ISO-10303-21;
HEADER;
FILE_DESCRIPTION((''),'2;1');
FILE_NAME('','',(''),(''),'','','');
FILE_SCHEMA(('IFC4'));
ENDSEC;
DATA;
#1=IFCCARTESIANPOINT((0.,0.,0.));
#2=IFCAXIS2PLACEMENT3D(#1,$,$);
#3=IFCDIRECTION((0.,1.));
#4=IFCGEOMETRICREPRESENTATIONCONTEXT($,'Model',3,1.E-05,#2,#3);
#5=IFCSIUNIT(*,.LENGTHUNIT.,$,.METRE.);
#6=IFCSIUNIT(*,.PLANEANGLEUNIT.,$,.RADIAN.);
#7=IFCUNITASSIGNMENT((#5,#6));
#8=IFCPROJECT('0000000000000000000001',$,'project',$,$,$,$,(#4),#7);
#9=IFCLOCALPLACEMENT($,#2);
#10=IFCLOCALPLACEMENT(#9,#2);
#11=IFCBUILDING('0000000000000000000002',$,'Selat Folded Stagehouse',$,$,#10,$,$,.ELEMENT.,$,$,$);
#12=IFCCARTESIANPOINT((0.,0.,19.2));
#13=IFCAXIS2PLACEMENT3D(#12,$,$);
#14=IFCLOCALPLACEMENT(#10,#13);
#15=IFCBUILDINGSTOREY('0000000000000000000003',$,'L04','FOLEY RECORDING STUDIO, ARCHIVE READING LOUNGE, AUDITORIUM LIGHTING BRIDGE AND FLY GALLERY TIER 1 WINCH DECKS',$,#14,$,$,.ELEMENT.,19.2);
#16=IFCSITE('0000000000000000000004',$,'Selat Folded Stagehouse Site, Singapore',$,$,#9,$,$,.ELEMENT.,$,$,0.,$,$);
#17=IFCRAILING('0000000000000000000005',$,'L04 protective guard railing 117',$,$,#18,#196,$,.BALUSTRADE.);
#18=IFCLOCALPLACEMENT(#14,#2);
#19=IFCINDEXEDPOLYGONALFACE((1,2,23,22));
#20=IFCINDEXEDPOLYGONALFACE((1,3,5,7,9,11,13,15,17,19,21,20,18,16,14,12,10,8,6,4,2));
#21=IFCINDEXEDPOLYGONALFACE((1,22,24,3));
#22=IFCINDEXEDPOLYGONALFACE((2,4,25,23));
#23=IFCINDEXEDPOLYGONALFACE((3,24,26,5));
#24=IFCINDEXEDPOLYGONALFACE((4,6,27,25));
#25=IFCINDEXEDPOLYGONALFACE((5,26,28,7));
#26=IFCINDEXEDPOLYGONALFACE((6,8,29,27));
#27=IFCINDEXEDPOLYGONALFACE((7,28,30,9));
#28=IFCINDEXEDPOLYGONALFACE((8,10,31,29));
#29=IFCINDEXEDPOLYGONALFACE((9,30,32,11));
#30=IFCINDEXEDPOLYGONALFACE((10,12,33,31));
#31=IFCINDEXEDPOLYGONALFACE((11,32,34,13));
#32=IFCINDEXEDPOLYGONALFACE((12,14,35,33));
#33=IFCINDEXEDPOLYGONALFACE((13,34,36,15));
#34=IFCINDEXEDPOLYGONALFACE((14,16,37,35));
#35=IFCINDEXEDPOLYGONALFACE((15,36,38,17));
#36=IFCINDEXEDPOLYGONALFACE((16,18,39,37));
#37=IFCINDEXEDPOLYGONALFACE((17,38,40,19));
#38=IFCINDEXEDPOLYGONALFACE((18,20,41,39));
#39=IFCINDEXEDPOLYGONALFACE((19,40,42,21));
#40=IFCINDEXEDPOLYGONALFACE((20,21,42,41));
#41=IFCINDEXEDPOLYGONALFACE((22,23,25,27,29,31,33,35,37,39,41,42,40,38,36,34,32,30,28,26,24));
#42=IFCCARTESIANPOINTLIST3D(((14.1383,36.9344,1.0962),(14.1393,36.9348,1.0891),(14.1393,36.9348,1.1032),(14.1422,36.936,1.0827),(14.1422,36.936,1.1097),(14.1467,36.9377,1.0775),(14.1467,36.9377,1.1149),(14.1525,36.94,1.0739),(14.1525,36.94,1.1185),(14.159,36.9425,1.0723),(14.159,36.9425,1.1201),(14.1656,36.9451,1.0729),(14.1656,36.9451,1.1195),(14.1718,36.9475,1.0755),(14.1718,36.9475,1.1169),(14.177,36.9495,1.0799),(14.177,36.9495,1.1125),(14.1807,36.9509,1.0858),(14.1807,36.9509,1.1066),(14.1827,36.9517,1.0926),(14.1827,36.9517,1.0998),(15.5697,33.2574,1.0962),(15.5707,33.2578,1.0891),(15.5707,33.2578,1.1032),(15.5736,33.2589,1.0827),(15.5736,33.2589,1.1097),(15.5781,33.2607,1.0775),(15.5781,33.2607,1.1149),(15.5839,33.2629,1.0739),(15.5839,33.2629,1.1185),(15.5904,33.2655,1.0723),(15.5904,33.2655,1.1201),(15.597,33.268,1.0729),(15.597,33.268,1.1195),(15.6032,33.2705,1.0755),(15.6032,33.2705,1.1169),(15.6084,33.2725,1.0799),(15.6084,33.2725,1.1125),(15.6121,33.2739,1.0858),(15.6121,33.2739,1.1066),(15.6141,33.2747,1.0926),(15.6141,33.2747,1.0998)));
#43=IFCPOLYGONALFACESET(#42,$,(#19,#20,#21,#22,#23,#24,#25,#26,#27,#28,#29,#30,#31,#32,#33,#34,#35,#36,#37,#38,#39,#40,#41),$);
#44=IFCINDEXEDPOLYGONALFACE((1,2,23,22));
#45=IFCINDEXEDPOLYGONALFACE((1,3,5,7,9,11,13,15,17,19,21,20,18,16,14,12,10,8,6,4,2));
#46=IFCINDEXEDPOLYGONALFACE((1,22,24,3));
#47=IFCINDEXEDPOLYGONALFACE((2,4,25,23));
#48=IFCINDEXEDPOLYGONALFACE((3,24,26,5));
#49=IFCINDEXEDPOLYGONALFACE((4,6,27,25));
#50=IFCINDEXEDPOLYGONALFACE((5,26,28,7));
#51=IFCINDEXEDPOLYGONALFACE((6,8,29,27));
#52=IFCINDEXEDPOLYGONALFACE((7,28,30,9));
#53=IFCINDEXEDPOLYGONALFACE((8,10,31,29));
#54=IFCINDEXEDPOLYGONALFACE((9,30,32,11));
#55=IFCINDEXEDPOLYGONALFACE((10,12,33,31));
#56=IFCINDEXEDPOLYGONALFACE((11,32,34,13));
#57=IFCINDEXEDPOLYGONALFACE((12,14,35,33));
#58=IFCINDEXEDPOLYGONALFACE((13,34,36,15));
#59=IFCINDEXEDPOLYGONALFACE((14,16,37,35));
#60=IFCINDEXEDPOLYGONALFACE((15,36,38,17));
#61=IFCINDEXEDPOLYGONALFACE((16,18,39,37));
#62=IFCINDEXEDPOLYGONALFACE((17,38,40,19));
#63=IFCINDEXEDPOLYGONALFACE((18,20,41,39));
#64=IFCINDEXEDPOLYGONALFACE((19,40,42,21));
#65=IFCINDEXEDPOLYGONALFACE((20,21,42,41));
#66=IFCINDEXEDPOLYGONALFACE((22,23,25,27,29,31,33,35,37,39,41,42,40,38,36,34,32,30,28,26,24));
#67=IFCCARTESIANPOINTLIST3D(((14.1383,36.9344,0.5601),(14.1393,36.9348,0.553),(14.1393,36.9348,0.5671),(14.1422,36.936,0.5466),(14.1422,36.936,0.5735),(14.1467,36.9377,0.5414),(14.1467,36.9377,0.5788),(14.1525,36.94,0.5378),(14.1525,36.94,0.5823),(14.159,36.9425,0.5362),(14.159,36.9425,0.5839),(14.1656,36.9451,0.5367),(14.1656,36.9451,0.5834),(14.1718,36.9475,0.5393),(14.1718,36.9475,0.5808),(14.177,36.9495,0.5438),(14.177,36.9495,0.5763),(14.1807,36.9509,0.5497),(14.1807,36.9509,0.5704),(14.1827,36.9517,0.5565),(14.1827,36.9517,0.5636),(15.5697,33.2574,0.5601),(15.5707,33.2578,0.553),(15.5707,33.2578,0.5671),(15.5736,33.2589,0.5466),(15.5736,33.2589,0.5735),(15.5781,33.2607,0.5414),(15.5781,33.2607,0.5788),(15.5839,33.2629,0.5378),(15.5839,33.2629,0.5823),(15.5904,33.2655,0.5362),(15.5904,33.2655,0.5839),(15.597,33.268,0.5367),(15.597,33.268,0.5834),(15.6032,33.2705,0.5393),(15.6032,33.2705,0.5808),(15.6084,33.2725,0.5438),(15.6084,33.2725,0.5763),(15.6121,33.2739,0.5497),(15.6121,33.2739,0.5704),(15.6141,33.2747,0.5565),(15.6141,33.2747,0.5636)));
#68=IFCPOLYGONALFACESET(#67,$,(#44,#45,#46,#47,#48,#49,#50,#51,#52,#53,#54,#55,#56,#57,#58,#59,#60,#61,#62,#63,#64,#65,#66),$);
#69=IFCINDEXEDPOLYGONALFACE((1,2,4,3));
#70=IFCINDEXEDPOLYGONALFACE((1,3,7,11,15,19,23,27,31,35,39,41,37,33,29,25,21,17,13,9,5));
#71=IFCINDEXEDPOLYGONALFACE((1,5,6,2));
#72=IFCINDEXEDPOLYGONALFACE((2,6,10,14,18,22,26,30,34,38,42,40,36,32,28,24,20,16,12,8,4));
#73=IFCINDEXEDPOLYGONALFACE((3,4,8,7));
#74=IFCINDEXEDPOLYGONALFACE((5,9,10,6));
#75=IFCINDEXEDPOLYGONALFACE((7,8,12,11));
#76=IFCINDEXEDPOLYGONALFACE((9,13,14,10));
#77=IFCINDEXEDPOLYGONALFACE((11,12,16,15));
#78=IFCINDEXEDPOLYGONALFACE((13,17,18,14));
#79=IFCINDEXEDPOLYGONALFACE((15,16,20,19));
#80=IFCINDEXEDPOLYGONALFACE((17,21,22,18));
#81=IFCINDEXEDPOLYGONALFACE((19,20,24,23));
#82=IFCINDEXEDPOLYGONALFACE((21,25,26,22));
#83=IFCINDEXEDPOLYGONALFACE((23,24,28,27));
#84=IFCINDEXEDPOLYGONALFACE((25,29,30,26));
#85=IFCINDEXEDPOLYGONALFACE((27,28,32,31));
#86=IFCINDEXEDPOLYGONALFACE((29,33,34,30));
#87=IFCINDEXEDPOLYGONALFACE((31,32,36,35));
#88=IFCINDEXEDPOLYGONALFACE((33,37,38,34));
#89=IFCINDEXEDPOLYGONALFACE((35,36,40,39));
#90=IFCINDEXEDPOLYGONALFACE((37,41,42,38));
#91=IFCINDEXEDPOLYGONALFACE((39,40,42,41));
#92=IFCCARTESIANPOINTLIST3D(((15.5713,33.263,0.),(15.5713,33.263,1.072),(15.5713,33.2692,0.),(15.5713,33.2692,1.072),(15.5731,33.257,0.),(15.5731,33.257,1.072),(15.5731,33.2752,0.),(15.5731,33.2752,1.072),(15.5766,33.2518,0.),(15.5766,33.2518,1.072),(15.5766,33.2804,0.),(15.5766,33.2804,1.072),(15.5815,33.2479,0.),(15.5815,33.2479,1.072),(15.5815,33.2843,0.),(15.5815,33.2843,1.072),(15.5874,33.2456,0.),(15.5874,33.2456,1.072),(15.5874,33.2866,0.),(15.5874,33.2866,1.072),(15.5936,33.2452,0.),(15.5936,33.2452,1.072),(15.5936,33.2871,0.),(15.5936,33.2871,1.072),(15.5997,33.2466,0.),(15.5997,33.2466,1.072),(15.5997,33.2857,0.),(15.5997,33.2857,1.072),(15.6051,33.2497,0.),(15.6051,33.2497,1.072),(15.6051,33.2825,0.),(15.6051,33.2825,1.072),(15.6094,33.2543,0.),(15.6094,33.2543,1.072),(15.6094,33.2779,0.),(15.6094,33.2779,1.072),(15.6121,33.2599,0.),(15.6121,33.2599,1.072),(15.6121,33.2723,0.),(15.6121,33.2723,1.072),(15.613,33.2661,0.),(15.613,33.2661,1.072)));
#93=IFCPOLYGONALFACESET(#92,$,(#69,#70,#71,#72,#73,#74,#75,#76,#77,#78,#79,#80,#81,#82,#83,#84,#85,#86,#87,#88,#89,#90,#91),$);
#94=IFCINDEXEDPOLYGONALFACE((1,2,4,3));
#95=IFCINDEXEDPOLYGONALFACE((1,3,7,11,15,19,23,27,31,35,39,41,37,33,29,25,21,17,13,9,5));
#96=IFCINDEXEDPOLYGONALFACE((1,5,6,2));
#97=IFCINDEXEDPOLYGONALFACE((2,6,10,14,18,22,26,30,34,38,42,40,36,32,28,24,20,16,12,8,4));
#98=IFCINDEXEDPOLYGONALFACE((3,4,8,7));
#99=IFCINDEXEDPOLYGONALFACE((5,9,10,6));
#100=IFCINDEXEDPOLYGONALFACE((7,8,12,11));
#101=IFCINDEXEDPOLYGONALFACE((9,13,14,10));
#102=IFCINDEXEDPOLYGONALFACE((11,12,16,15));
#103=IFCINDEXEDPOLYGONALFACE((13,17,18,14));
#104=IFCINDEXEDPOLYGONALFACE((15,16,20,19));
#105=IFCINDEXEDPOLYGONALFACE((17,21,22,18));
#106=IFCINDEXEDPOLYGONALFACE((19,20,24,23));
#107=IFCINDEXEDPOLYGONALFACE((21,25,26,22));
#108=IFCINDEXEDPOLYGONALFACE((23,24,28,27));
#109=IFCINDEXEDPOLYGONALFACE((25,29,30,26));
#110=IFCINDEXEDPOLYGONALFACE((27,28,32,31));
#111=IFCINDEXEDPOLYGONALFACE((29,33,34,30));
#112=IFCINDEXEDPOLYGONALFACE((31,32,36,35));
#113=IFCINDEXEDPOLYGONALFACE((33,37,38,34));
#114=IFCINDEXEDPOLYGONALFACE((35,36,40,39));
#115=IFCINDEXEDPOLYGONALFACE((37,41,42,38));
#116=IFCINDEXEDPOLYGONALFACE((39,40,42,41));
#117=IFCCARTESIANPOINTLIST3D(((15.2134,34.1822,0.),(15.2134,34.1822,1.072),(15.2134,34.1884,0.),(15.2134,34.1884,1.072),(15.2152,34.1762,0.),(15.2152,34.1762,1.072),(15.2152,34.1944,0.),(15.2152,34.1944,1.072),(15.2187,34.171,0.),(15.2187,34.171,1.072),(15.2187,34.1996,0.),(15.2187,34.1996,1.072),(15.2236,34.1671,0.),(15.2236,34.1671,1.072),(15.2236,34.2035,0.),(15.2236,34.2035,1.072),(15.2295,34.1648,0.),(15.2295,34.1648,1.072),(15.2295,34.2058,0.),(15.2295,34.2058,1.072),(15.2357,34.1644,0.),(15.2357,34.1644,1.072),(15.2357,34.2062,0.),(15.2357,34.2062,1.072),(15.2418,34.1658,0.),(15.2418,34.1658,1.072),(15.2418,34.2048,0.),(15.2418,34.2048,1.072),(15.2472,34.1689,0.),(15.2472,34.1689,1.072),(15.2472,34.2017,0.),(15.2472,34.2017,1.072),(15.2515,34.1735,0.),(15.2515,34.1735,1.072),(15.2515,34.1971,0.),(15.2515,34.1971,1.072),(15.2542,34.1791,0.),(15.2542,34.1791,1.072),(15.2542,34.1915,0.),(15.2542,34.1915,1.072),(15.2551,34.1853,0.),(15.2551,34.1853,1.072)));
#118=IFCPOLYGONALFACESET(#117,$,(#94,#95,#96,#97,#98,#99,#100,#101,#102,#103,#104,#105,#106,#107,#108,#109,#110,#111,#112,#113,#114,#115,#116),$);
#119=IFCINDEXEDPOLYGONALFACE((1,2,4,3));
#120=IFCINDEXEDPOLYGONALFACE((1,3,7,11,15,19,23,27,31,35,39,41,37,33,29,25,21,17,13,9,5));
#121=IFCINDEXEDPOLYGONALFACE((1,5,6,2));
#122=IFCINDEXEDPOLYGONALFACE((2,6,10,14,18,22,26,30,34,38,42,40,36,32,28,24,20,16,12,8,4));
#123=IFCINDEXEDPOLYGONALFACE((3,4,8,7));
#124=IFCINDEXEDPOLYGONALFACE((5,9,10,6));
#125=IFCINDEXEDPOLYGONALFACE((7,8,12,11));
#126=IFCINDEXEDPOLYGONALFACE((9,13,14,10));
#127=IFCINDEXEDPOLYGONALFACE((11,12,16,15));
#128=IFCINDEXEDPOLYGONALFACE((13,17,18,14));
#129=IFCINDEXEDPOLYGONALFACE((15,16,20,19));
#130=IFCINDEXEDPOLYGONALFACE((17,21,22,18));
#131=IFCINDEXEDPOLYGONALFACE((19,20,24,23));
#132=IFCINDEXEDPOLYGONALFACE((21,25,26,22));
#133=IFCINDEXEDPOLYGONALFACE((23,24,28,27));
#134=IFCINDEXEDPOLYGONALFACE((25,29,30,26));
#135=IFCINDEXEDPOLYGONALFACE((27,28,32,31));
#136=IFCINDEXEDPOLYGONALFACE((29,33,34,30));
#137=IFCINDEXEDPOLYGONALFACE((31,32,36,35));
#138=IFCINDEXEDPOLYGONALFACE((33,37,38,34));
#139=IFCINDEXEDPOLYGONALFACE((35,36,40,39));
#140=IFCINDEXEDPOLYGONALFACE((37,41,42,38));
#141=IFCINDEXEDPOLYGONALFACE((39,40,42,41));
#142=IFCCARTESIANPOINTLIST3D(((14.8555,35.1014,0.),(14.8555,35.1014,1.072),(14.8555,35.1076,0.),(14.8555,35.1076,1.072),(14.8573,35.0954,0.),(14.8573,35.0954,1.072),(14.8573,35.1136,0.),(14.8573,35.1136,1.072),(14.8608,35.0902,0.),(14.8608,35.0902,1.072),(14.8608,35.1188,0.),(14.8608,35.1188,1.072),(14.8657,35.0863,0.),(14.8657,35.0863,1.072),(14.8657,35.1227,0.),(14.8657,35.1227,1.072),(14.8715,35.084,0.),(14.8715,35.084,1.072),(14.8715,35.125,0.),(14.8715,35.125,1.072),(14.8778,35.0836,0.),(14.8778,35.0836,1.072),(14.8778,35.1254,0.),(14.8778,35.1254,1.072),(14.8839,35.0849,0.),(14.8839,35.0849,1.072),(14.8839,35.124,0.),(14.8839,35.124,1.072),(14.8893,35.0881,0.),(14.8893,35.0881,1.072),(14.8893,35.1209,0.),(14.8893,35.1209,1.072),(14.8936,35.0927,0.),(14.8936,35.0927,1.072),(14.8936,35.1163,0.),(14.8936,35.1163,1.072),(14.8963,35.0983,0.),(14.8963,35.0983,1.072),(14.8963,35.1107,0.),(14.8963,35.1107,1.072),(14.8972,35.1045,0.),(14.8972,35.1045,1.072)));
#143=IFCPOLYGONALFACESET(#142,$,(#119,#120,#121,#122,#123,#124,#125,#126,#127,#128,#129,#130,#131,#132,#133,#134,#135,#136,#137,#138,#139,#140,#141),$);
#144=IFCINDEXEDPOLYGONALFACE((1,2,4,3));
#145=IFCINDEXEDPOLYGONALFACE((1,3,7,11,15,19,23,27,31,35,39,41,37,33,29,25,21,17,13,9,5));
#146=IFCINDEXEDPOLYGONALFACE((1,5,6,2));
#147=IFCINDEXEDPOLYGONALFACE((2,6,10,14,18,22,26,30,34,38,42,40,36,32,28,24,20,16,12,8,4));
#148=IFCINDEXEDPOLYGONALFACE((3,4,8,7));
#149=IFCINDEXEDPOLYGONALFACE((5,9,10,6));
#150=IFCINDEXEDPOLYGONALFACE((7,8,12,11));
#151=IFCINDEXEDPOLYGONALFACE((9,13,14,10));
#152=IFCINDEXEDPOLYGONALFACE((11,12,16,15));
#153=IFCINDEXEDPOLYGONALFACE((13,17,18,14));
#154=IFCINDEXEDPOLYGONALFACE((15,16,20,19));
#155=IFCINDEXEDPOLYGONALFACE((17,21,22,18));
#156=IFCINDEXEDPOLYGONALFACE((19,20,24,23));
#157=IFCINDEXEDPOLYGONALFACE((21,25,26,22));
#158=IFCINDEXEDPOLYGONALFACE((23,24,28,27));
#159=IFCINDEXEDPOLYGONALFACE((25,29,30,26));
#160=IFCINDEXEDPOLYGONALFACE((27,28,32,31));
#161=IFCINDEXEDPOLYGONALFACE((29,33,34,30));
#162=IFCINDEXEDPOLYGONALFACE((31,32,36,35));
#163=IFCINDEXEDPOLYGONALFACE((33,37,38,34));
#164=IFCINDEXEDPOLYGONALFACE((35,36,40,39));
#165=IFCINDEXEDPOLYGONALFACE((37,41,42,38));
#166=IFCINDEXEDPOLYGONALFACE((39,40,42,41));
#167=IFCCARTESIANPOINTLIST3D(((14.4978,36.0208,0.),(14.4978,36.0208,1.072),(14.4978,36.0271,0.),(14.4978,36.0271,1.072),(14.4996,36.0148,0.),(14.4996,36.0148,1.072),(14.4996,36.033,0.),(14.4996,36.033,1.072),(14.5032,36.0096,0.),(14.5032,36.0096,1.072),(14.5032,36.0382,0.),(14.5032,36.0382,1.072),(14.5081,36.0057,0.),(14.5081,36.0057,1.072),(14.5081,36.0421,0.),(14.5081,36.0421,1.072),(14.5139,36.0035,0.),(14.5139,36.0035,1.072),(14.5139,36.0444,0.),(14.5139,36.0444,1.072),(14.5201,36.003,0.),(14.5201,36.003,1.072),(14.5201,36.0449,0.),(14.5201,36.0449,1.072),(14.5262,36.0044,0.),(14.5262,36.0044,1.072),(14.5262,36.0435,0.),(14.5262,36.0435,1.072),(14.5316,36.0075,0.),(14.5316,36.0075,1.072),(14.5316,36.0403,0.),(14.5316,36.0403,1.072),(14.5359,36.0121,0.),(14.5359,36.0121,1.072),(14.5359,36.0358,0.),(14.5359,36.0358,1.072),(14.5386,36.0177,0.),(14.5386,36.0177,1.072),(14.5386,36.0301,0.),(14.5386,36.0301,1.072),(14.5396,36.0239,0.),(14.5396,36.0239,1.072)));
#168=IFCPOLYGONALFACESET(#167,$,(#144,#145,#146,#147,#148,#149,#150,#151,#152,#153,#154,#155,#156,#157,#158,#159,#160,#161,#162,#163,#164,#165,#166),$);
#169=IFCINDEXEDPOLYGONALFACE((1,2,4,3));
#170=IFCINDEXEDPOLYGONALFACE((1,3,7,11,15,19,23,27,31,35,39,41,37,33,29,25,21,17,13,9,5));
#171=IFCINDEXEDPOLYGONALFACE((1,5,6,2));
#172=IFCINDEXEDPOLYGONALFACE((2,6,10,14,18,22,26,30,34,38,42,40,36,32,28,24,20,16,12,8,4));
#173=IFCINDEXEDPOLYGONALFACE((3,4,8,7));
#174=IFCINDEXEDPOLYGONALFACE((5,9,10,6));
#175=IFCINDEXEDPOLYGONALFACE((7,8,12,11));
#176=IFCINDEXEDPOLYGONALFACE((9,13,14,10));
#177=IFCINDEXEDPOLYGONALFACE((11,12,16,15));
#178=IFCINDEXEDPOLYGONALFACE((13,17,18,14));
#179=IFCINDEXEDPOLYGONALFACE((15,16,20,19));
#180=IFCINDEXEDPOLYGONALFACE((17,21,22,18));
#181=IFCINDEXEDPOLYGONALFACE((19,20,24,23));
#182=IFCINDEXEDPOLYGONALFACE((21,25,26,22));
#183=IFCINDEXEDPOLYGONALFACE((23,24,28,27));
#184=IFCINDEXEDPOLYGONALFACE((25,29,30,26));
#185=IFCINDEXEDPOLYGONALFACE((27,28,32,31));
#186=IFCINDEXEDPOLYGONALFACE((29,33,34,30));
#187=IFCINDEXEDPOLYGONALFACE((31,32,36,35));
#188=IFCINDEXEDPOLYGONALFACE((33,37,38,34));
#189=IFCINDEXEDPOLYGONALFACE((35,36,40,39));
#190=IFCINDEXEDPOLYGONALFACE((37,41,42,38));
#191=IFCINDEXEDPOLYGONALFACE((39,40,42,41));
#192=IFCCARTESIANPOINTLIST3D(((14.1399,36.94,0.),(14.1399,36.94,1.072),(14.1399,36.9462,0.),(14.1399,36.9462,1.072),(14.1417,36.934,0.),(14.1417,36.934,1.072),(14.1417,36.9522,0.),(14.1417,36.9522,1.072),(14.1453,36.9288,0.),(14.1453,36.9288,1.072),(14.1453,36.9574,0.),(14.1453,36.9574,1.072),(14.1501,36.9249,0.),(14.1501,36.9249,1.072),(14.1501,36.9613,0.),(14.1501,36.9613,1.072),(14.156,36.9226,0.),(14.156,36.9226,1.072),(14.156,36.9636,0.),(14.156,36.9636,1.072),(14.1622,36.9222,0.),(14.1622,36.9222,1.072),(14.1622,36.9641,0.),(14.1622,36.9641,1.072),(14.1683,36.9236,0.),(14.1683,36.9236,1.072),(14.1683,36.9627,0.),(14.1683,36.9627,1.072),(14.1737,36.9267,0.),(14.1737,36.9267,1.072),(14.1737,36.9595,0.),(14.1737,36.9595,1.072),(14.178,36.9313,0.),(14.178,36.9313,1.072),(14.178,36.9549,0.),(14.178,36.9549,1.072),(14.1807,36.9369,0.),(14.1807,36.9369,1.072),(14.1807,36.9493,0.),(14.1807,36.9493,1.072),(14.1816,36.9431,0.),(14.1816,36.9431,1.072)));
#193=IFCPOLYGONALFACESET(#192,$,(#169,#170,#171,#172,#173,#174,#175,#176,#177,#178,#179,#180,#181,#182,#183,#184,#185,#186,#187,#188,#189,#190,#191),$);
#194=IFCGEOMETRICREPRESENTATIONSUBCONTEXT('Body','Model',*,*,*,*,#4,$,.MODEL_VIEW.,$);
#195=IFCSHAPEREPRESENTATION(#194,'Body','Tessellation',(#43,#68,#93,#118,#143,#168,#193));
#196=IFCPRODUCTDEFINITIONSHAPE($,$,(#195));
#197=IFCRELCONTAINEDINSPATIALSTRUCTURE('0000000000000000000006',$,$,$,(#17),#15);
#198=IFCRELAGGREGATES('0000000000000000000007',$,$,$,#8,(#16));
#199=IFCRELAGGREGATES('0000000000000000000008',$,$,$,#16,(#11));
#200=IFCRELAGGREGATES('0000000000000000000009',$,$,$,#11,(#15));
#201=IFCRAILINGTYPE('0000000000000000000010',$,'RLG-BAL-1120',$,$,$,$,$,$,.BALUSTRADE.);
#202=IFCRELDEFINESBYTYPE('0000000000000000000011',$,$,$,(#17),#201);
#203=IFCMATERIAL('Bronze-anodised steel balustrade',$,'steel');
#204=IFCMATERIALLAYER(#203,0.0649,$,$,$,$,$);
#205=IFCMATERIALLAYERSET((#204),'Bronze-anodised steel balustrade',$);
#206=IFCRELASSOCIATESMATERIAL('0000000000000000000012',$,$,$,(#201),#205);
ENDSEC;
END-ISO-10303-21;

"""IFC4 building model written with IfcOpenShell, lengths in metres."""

from ifc_helpers import new_model, si_unit, direction, frame, origin, origin_2d, place, context, subcontext, project, spatial, circle, extrude, material, layer, layer_set, type_object, element, save


model = new_model("IFC4")

# Units and contexts
model_context = context("Model", 3, precision=1e-05, world=origin(), true_north=direction((0.0, 1.0)))
body_context = subcontext(model_context, "Body", "Model", "MODEL_VIEW")
ifc_project = project(units=[si_unit("LENGTHUNIT", "METRE"), si_unit("PLANEANGLEUNIT", "RADIAN")], contexts=[model_context])

# Site, building, storey
site_placement = place(None, origin())
site = spatial("IfcSite", under=ifc_project, at=site_placement, Name="Selat Folded Stagehouse Site, Singapore", CompositionType="ELEMENT", RefElevation=0.0)
building_placement = place(site_placement, origin())
building = spatial("IfcBuilding", under=site, at=building_placement, Name="Selat Folded Stagehouse", CompositionType="ELEMENT")
storey_placement = place(building_placement, frame((0.0, 0.0, 19.2)))
storey = spatial("IfcBuildingStorey", under=building, at=storey_placement, Name="L04", Description="FOLEY RECORDING STUDIO, ARCHIVE READING LOUNGE, AUDITORIUM LIGHTING BRIDGE AND FLY GALLERY TIER 1 WINCH DECKS", CompositionType="ELEMENT", Elevation=19.2)

# Railing
ifc_material_1 = material(Name="Bronze-anodised steel balustrade", Category="steel")
ifc_layer_1 = layer(ifc_material_1, 0.0649)
ifc_layer_set_1 = layer_set([ifc_layer_1], Name="Bronze-anodised steel balustrade")
railing_type = type_object("IfcRailingType", Name="RLG-BAL-1120", PredefinedType="BALUSTRADE", material=ifc_layer_set_1)
railing_1_placement = place(storey_placement, frame((15.592, 33.2661, 0.0)))
element("IfcRailing", 1, at=railing_1_placement, inside=storey, type_object=railing_type, Name="L04 protective guard railing 117", PredefinedType="BALUSTRADE", context=body_context, shape_type="SweptSolid", body=[
    extrude(circle(Radius=0.0239, at=origin_2d()), frame((0.0, 0.0, 1.0962), z_axis=(-0.362766, 0.93188, 0.0), x_axis=(-0.93188, -0.362766, 0.0)), (0.0, 0.0, 1.0), 3.9458),
    extrude(circle(Radius=0.0239, at=origin_2d()), frame((0.0, 0.0, 0.5601), z_axis=(-0.362766, 0.93188, 0.0), x_axis=(-0.93188, -0.362766, 0.0)), (0.0, 0.0, 1.0), 3.9458),
    extrude(circle(Radius=0.021, at=origin_2d()), origin(), (0.0, 0.0, 1.0), 1.072),
    extrude(circle(Radius=0.021, at=origin_2d()), frame((-0.3579, 0.9192, 0.0)), (0.0, 0.0, 1.0), 1.072),
    extrude(circle(Radius=0.021, at=origin_2d()), frame((-0.7158, 1.8384, 0.0)), (0.0, 0.0, 1.0), 1.072),
    extrude(circle(Radius=0.021, at=origin_2d()), frame((-1.0735, 2.7578, 0.0)), (0.0, 0.0, 1.0), 1.072),
    extrude(circle(Radius=0.021, at=origin_2d()), frame((-1.4314, 3.677, 0.0)), (0.0, 0.0, 1.0), 1.072),
])

save(model, "model.ifc")
